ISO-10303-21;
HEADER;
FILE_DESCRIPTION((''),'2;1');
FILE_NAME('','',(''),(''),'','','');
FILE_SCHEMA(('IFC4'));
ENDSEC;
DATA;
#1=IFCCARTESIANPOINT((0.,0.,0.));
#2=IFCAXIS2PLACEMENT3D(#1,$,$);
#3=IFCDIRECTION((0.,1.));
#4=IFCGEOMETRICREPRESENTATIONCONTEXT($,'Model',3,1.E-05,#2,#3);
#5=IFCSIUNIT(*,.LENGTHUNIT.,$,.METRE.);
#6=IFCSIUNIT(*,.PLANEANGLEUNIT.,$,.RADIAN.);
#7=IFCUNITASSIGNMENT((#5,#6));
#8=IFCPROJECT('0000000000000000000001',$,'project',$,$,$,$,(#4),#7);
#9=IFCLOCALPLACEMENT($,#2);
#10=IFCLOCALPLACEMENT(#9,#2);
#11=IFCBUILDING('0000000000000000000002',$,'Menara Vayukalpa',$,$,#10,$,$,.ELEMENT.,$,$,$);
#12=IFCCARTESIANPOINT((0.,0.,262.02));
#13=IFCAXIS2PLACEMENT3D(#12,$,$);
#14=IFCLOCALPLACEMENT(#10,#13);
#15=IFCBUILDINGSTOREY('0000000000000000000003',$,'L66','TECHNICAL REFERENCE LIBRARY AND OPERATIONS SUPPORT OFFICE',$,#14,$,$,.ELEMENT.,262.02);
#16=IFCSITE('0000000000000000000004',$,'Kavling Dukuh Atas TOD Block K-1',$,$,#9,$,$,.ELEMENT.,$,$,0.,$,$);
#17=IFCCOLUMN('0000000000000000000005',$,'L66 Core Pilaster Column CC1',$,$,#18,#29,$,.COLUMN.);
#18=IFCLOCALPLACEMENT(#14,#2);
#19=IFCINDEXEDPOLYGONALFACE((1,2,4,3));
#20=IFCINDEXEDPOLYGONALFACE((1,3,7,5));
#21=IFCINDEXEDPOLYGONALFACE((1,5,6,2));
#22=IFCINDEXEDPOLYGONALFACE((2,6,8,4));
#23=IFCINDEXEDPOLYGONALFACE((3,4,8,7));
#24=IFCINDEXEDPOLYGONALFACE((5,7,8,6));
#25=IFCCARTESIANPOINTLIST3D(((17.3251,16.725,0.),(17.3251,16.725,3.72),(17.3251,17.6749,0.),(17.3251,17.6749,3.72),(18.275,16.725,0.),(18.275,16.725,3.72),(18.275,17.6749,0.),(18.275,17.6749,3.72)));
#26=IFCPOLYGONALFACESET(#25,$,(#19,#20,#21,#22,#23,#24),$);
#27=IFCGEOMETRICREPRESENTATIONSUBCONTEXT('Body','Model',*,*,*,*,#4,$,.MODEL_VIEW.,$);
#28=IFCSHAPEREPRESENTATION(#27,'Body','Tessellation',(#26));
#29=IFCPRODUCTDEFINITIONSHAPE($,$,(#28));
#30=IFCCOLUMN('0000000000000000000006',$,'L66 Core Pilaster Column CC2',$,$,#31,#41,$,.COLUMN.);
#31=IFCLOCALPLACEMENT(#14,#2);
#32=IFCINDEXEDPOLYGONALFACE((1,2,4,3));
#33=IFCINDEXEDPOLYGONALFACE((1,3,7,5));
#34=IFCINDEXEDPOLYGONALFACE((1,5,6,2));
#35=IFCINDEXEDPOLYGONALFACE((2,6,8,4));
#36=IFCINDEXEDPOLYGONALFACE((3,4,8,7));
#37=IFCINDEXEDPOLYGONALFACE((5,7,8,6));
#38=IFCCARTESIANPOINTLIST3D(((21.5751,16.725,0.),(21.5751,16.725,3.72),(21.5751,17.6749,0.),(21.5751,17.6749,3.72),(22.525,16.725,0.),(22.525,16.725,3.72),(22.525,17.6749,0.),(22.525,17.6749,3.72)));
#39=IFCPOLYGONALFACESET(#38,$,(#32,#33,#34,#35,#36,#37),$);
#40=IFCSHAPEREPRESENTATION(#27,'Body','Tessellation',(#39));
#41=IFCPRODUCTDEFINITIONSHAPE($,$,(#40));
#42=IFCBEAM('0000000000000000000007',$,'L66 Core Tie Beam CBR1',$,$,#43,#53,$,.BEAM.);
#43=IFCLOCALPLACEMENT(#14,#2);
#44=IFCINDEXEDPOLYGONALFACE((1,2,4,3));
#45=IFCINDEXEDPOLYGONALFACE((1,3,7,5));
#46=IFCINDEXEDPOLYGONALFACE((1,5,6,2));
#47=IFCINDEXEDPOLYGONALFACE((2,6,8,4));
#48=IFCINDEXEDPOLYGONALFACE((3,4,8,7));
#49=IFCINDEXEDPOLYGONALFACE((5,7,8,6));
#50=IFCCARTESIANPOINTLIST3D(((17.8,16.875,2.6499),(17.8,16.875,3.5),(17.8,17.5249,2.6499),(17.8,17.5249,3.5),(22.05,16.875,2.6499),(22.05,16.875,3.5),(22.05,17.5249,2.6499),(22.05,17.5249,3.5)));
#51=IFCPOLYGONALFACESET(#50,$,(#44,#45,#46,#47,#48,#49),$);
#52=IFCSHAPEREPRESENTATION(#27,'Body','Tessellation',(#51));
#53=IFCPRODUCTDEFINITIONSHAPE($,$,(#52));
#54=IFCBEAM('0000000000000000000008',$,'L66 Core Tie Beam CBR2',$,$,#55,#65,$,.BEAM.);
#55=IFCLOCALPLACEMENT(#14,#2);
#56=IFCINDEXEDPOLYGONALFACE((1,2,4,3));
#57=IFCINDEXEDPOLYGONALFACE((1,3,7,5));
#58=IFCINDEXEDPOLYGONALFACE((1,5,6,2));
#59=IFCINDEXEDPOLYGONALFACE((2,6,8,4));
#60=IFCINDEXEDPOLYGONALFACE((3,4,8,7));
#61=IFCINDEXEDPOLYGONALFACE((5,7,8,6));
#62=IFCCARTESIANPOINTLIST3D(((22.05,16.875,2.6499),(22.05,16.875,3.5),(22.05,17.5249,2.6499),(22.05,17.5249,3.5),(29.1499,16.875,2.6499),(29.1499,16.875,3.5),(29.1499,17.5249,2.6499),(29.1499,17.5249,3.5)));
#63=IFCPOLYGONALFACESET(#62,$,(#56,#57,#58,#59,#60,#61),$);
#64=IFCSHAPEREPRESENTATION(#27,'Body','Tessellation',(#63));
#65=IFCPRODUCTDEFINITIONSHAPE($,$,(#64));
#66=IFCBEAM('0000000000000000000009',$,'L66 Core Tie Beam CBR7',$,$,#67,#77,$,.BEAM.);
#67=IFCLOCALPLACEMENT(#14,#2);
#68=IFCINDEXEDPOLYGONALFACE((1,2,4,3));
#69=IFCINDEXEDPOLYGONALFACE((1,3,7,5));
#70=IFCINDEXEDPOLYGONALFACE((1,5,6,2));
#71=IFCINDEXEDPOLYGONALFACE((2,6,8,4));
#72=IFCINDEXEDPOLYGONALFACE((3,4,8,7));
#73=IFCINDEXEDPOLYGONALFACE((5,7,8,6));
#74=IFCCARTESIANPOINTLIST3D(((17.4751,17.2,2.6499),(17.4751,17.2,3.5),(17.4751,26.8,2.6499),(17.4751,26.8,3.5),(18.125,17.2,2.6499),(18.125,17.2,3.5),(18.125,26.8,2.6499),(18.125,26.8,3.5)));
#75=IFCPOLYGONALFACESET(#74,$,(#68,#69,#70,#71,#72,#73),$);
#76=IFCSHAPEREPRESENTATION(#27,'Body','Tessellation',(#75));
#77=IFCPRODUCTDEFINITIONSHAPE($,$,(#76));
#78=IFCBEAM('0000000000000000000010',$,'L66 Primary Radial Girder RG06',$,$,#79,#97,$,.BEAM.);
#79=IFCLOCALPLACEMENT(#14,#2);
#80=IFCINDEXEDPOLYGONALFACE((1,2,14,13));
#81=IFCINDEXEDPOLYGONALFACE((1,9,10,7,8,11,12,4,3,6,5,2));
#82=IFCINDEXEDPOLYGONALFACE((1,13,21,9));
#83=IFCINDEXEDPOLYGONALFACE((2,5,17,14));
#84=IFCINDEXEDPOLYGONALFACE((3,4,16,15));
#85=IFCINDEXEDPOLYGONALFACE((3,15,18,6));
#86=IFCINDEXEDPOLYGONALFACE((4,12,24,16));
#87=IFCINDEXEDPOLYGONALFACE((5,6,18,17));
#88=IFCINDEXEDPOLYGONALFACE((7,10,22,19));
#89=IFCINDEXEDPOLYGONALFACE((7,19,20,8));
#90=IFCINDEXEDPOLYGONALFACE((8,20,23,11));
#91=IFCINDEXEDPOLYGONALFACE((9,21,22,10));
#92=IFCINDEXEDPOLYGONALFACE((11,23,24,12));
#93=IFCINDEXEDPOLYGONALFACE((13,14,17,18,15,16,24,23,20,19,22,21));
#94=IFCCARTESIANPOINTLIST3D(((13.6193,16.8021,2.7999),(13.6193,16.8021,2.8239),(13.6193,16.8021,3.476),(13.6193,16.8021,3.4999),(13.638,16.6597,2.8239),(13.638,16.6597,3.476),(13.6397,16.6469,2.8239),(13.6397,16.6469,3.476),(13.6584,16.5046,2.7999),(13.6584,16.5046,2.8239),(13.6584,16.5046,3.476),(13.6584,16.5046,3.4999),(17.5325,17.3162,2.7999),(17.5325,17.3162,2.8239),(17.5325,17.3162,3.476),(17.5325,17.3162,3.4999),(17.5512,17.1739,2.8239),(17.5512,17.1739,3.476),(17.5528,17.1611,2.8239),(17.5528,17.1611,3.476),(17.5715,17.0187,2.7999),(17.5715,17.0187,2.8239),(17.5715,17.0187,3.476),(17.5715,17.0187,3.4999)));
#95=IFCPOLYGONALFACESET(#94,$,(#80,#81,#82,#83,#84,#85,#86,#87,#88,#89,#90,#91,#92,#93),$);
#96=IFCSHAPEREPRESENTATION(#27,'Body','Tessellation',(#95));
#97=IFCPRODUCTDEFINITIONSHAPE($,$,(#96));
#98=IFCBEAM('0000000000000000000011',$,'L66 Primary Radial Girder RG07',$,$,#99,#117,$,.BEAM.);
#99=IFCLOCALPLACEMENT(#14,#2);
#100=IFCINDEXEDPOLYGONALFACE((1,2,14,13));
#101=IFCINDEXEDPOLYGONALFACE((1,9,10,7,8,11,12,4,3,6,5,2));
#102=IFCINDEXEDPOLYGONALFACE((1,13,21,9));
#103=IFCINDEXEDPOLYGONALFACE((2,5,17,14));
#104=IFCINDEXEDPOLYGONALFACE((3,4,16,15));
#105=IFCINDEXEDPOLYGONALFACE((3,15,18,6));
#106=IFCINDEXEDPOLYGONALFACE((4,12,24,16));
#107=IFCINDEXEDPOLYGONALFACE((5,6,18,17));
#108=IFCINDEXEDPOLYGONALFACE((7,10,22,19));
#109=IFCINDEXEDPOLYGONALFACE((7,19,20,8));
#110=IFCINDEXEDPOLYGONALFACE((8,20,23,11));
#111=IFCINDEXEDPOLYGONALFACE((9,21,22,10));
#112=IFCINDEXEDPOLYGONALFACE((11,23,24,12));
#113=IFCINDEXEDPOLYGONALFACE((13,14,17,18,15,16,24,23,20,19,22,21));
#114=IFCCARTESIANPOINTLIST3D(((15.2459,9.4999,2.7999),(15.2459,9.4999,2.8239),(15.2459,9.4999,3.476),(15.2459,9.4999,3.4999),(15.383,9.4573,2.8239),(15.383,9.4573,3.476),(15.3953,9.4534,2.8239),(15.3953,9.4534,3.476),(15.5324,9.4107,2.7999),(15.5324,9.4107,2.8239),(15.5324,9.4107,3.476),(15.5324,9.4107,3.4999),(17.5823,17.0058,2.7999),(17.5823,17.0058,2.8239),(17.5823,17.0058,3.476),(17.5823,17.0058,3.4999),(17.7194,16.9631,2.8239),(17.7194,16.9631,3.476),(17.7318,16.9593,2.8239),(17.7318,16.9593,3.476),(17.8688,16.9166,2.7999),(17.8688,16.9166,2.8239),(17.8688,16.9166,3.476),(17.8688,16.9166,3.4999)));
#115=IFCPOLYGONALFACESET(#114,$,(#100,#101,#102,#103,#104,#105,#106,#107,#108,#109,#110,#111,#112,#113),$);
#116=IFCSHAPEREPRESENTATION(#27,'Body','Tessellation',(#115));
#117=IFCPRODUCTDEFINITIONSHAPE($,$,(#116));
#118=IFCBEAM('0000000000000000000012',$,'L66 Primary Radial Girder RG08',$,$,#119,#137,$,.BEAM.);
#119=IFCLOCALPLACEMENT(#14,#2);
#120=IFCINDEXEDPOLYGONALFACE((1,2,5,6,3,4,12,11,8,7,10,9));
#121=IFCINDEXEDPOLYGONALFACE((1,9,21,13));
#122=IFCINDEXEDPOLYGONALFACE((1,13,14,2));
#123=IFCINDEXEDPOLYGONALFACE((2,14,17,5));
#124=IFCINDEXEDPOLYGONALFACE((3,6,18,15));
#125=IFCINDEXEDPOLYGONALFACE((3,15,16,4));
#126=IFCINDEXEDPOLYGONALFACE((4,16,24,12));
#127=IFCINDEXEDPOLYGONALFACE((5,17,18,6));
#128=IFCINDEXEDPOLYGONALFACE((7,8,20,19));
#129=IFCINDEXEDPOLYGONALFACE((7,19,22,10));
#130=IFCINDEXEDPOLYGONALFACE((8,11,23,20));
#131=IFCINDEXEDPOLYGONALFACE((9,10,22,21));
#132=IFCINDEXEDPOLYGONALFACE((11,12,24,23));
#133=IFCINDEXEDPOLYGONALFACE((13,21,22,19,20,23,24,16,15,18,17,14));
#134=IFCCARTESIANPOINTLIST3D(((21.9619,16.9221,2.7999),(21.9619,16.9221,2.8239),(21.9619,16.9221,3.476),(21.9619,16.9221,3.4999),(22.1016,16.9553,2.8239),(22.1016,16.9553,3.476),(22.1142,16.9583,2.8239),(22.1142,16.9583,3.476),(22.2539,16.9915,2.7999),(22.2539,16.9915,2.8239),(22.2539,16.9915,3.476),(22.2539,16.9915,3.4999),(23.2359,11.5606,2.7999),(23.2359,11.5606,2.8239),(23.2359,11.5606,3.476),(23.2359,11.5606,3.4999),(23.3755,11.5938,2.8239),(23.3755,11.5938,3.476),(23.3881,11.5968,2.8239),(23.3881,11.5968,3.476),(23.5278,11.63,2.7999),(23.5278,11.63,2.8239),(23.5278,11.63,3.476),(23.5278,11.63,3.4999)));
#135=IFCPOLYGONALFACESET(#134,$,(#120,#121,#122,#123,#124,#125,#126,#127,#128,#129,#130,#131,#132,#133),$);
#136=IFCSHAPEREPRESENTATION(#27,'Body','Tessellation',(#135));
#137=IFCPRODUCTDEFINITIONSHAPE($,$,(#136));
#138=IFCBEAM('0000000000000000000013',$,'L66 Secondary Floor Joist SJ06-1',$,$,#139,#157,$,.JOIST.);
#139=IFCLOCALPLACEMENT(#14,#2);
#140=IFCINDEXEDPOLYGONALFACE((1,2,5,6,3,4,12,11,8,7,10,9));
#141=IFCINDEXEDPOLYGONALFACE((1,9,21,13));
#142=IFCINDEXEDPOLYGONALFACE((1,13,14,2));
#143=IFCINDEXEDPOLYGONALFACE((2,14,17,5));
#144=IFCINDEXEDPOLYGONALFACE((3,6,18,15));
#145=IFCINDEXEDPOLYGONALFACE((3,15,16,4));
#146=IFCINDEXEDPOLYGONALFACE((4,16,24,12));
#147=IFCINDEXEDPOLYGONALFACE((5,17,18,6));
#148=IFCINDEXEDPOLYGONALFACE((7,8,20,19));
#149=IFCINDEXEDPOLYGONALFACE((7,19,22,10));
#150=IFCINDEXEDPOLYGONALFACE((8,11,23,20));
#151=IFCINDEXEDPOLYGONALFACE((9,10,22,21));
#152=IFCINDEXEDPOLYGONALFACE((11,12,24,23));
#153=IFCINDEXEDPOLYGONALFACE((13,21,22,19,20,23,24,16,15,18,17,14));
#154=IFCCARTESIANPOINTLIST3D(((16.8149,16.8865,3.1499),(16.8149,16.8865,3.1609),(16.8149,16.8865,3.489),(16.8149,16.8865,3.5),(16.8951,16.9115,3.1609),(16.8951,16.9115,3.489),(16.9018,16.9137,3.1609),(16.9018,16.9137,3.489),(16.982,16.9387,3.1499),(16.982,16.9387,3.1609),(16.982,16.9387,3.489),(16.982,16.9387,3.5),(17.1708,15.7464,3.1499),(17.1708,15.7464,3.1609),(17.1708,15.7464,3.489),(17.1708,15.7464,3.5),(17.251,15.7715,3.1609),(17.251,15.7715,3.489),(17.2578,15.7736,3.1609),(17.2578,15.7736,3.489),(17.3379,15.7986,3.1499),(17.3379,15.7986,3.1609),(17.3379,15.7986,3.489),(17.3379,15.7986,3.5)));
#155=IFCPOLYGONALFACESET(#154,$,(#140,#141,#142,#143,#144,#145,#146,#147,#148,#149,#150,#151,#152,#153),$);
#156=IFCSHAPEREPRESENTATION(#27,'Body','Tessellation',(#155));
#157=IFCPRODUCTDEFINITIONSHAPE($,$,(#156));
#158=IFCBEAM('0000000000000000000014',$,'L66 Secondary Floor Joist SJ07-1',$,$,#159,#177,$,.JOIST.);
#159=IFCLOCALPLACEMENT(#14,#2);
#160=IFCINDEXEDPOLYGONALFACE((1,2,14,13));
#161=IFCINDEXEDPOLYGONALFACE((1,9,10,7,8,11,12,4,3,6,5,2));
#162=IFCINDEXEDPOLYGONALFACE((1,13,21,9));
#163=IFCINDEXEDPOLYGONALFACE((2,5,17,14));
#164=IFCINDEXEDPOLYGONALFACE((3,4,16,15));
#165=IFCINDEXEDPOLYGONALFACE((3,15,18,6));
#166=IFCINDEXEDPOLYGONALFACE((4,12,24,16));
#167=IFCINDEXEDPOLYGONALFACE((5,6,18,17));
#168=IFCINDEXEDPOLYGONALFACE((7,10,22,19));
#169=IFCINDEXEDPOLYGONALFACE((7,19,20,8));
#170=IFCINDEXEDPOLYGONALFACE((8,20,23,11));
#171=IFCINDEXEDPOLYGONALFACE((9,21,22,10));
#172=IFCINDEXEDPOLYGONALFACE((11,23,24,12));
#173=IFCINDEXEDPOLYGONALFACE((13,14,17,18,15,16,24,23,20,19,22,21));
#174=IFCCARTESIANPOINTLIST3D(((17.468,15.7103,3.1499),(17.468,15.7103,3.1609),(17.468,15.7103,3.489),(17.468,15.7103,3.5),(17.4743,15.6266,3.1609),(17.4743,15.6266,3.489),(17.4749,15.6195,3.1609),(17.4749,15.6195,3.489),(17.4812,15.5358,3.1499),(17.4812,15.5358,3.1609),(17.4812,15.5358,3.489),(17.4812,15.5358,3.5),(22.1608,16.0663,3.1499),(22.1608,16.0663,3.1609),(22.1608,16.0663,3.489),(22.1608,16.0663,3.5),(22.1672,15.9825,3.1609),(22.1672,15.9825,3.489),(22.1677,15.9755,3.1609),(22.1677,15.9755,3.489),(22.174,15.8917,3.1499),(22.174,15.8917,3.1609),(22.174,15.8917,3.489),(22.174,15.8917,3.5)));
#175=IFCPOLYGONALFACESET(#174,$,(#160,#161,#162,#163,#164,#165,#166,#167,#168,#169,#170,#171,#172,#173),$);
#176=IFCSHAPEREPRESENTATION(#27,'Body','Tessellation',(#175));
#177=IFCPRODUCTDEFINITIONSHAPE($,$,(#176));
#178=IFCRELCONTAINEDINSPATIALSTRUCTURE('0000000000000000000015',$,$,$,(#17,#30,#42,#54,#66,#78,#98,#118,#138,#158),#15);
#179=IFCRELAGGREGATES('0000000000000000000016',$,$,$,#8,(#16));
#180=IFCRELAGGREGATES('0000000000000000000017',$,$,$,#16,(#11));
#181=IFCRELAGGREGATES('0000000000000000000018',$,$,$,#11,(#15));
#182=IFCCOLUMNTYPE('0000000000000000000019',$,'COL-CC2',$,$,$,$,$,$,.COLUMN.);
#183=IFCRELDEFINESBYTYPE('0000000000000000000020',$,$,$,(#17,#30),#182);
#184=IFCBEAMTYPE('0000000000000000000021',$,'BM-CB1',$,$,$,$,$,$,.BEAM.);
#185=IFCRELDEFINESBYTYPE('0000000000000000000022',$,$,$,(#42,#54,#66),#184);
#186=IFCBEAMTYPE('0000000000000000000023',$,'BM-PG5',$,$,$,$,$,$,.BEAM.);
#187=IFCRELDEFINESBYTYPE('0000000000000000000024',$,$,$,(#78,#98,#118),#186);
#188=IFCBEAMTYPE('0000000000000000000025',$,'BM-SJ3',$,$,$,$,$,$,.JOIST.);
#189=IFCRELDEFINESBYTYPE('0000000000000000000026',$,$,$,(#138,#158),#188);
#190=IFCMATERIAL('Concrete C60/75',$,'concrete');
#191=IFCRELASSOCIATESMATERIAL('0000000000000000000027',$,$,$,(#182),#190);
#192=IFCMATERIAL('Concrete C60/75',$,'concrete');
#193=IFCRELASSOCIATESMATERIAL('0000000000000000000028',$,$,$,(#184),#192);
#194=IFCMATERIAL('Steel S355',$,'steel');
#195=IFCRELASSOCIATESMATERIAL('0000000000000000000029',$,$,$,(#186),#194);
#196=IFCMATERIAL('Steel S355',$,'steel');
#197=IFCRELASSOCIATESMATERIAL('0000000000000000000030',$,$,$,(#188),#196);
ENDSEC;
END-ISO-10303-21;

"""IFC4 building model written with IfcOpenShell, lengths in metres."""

from ifc_helpers import new_model, si_unit, direction, frame, origin, origin_2d, place, context, subcontext, project, spatial, rectangle, i_section, extrude, material, material_profile, profile_set, type_object, element, save


model = new_model("IFC4")

# Units and contexts
model_context = context("Model", 3, precision=1e-05, world=origin(), true_north=direction((0.0, 1.0)))
body_context = subcontext(model_context, "Body", "Model", "MODEL_VIEW")
ifc_project = project(units=[si_unit("LENGTHUNIT", "METRE"), si_unit("PLANEANGLEUNIT", "RADIAN")], contexts=[model_context])

# Site, building, storey
site_placement = place(None, origin())
site = spatial("IfcSite", under=ifc_project, at=site_placement, Name="Kavling Dukuh Atas TOD Block K-1", CompositionType="ELEMENT", RefElevation=0.0)
building_placement = place(site_placement, origin())
building = spatial("IfcBuilding", under=site, at=building_placement, Name="Menara Vayukalpa", CompositionType="ELEMENT")
storey_placement = place(building_placement, frame((0.0, 0.0, 262.02)))
storey = spatial("IfcBuildingStorey", under=building, at=storey_placement, Name="L66", Description="TECHNICAL REFERENCE LIBRARY AND OPERATIONS SUPPORT OFFICE", CompositionType="ELEMENT", Elevation=262.02)

# Columns
ifc_material_1 = material(Name="Concrete C60/75", Category="concrete")
ifc_material_profile_1 = material_profile(ifc_material_1, rectangle(XDim=0.95, YDim=0.95, at=origin_2d()), Name="RC 950x950")
ifc_profile_set_1 = profile_set([ifc_material_profile_1], Name="Concrete C60/75")
column_type = type_object("IfcColumnType", Name="COL-CC2", PredefinedType="COLUMN", material=ifc_profile_set_1)
for number, where, z_axis, x_axis, name in (
    (1, (17.8, 17.2, 0.0), (0.0, 0.0, 1.0), (1.0, 0.0, 0.0), "L66 Core Pilaster Column CC1"),
    (2, (22.05, 17.2, 0.0), (0.0, 0.0, 1.0), (1.0, 0.0, 0.0), "L66 Core Pilaster Column CC2"),
):
    element("IfcColumn", number, at=place(storey_placement, frame(where, z_axis=z_axis, x_axis=x_axis)), inside=storey, type_object=column_type, Name=name, PredefinedType="COLUMN", context=body_context, shape_type="SweptSolid", body=[
        extrude(rectangle(XDim=0.95, YDim=0.95, at=origin_2d()), origin(), (0.0, 0.0, 1.0), 3.72),
    ])

# Beams
ifc_material_2 = material(Name="Concrete C60/75", Category="concrete")
ifc_material_profile_2 = material_profile(ifc_material_2, rectangle(XDim=0.6499, YDim=0.8501, at=origin_2d()), Name="RC 650x850")
ifc_profile_set_2 = profile_set([ifc_material_profile_2], Name="Concrete C60/75")
beam_type_1 = type_object("IfcBeamType", Name="BM-CB1", PredefinedType="BEAM", material=ifc_profile_set_2)
beam_1_placement = place(storey_placement, frame((17.8, 17.2, 3.075), z_axis=(1.0, 0.0, 0.0), x_axis=(0.0, 1.0, 0.0)))
element("IfcBeam", 3, at=beam_1_placement, inside=storey, type_object=beam_type_1, Name="L66 Core Tie Beam CBR1", PredefinedType="BEAM", context=body_context, shape_type="SweptSolid", body=[
    extrude(rectangle(XDim=0.6499, YDim=0.8501, at=origin_2d()), origin(), (0.0, 0.0, 1.0), 4.25),
])
beam_2_placement = place(storey_placement, frame((22.05, 17.2, 3.075), z_axis=(1.0, 0.0, 0.0), x_axis=(0.0, 1.0, 0.0)))
element("IfcBeam", 4, at=beam_2_placement, inside=storey, type_object=beam_type_1, Name="L66 Core Tie Beam CBR2", PredefinedType="BEAM", context=body_context, shape_type="SweptSolid", body=[
    extrude(rectangle(XDim=0.6499, YDim=0.8501, at=origin_2d()), origin(), (0.0, 0.0, 1.0), 7.0999),
])
beam_3_placement = place(storey_placement, frame((17.8, 17.2, 3.075), z_axis=(0.0, 1.0, 0.0), x_axis=(-1.0, 0.0, 0.0)))
element("IfcBeam", 5, at=beam_3_placement, inside=storey, type_object=beam_type_1, Name="L66 Core Tie Beam CBR7", PredefinedType="BEAM", context=body_context, shape_type="SweptSolid", body=[
    extrude(rectangle(XDim=0.6499, YDim=0.8501, at=origin_2d()), origin(), (0.0, 0.0, 1.0), 9.6001),
])
ifc_material_3 = material(Name="Steel S355", Category="steel")
ifc_material_profile_3 = material_profile(ifc_material_3, i_section(OverallWidth=0.3, OverallDepth=0.7, WebThickness=0.0129, FlangeThickness=0.0239, at=origin_2d()), Name="WF 700x300x13x24")
ifc_profile_set_3 = profile_set([ifc_material_profile_3], Name="Steel S355")
beam_type_2 = type_object("IfcBeamType", Name="BM-PG5", PredefinedType="BEAM", material=ifc_profile_set_3)
beam_4_placement = place(storey_placement, frame((17.552, 17.1675, 3.1499), z_axis=(-0.991478, -0.130275, 0.0), x_axis=(0.130275, -0.991478, 0.0)))
element("IfcBeam", 6, at=beam_4_placement, inside=storey, type_object=beam_type_2, Name="L66 Primary Radial Girder RG06", PredefinedType="BEAM", context=body_context, shape_type="SweptSolid", body=[
    extrude(i_section(OverallWidth=0.3, OverallDepth=0.7, WebThickness=0.0129, FlangeThickness=0.0239, at=origin_2d()), origin(), (0.0, 0.0, 1.0), 3.9468),
])
beam_5_placement = place(storey_placement, frame((17.7256, 16.9612, 3.1499), z_axis=(-0.297214, -0.954811, 0.0), x_axis=(0.954811, -0.297214, 0.0)))
element("IfcBeam", 7, at=beam_5_placement, inside=storey, type_object=beam_type_2, Name="L66 Primary Radial Girder RG07", PredefinedType="BEAM", context=body_context, shape_type="SweptSolid", body=[
    extrude(i_section(OverallWidth=0.3, OverallDepth=0.7, WebThickness=0.0129, FlangeThickness=0.0239, at=origin_2d()), origin(), (0.0, 0.0, 1.0), 7.8611),
])
beam_6_placement = place(storey_placement, frame((22.1079, 16.9568, 3.1499), z_axis=(0.231167, -0.972914, 0.0), x_axis=(0.972914, 0.231167, 0.0)))
element("IfcBeam", 8, at=beam_6_placement, inside=storey, type_object=beam_type_2, Name="L66 Primary Radial Girder RG08", PredefinedType="BEAM", context=body_context, shape_type="SweptSolid", body=[
    extrude(i_section(OverallWidth=0.3, OverallDepth=0.7, WebThickness=0.0129, FlangeThickness=0.0239, at=origin_2d()), origin(), (0.0, 0.0, 1.0), 5.5107),
])
ifc_material_4 = material(Name="Steel S355", Category="steel")
ifc_material_profile_4 = material_profile(ifc_material_4, i_section(OverallWidth=0.175, OverallDepth=0.3501, WebThickness=0.0071, FlangeThickness=0.011, at=origin_2d()), Name="WF 350x175x7x11")
ifc_profile_set_4 = profile_set([ifc_material_profile_4], Name="Steel S355")
beam_type_3 = type_object("IfcBeamType", Name="BM-SJ3", PredefinedType="JOIST", material=ifc_profile_set_4)
beam_7_placement = place(storey_placement, frame((16.8984, 16.9126, 3.325), z_axis=(0.298019, -0.95456, 0.0), x_axis=(0.95456, 0.298019, 0.0)))
element("IfcBeam", 9, at=beam_7_placement, inside=storey, type_object=beam_type_3, Name="L66 Secondary Floor Joist SJ06-1", PredefinedType="JOIST", context=body_context, shape_type="SweptSolid", body=[
    extrude(i_section(OverallWidth=0.175, OverallDepth=0.3501, WebThickness=0.0071, FlangeThickness=0.011, at=origin_2d()), origin(), (0.0, 0.0, 1.0), 1.1943),
])
beam_8_placement = place(storey_placement, frame((17.4746, 15.623, 3.325), z_axis=(0.997136, 0.075633, 0.0), x_axis=(-0.075633, 0.997136, 0.0)))
element("IfcBeam", 10, at=beam_8_placement, inside=storey, type_object=beam_type_3, Name="L66 Secondary Floor Joist SJ07-1", PredefinedType="JOIST", context=body_context, shape_type="SweptSolid", body=[
    extrude(i_section(OverallWidth=0.175, OverallDepth=0.3501, WebThickness=0.0071, FlangeThickness=0.011, at=origin_2d()), origin(), (0.0, 0.0, 1.0), 4.7063),
])

save(model, "model.ifc")
